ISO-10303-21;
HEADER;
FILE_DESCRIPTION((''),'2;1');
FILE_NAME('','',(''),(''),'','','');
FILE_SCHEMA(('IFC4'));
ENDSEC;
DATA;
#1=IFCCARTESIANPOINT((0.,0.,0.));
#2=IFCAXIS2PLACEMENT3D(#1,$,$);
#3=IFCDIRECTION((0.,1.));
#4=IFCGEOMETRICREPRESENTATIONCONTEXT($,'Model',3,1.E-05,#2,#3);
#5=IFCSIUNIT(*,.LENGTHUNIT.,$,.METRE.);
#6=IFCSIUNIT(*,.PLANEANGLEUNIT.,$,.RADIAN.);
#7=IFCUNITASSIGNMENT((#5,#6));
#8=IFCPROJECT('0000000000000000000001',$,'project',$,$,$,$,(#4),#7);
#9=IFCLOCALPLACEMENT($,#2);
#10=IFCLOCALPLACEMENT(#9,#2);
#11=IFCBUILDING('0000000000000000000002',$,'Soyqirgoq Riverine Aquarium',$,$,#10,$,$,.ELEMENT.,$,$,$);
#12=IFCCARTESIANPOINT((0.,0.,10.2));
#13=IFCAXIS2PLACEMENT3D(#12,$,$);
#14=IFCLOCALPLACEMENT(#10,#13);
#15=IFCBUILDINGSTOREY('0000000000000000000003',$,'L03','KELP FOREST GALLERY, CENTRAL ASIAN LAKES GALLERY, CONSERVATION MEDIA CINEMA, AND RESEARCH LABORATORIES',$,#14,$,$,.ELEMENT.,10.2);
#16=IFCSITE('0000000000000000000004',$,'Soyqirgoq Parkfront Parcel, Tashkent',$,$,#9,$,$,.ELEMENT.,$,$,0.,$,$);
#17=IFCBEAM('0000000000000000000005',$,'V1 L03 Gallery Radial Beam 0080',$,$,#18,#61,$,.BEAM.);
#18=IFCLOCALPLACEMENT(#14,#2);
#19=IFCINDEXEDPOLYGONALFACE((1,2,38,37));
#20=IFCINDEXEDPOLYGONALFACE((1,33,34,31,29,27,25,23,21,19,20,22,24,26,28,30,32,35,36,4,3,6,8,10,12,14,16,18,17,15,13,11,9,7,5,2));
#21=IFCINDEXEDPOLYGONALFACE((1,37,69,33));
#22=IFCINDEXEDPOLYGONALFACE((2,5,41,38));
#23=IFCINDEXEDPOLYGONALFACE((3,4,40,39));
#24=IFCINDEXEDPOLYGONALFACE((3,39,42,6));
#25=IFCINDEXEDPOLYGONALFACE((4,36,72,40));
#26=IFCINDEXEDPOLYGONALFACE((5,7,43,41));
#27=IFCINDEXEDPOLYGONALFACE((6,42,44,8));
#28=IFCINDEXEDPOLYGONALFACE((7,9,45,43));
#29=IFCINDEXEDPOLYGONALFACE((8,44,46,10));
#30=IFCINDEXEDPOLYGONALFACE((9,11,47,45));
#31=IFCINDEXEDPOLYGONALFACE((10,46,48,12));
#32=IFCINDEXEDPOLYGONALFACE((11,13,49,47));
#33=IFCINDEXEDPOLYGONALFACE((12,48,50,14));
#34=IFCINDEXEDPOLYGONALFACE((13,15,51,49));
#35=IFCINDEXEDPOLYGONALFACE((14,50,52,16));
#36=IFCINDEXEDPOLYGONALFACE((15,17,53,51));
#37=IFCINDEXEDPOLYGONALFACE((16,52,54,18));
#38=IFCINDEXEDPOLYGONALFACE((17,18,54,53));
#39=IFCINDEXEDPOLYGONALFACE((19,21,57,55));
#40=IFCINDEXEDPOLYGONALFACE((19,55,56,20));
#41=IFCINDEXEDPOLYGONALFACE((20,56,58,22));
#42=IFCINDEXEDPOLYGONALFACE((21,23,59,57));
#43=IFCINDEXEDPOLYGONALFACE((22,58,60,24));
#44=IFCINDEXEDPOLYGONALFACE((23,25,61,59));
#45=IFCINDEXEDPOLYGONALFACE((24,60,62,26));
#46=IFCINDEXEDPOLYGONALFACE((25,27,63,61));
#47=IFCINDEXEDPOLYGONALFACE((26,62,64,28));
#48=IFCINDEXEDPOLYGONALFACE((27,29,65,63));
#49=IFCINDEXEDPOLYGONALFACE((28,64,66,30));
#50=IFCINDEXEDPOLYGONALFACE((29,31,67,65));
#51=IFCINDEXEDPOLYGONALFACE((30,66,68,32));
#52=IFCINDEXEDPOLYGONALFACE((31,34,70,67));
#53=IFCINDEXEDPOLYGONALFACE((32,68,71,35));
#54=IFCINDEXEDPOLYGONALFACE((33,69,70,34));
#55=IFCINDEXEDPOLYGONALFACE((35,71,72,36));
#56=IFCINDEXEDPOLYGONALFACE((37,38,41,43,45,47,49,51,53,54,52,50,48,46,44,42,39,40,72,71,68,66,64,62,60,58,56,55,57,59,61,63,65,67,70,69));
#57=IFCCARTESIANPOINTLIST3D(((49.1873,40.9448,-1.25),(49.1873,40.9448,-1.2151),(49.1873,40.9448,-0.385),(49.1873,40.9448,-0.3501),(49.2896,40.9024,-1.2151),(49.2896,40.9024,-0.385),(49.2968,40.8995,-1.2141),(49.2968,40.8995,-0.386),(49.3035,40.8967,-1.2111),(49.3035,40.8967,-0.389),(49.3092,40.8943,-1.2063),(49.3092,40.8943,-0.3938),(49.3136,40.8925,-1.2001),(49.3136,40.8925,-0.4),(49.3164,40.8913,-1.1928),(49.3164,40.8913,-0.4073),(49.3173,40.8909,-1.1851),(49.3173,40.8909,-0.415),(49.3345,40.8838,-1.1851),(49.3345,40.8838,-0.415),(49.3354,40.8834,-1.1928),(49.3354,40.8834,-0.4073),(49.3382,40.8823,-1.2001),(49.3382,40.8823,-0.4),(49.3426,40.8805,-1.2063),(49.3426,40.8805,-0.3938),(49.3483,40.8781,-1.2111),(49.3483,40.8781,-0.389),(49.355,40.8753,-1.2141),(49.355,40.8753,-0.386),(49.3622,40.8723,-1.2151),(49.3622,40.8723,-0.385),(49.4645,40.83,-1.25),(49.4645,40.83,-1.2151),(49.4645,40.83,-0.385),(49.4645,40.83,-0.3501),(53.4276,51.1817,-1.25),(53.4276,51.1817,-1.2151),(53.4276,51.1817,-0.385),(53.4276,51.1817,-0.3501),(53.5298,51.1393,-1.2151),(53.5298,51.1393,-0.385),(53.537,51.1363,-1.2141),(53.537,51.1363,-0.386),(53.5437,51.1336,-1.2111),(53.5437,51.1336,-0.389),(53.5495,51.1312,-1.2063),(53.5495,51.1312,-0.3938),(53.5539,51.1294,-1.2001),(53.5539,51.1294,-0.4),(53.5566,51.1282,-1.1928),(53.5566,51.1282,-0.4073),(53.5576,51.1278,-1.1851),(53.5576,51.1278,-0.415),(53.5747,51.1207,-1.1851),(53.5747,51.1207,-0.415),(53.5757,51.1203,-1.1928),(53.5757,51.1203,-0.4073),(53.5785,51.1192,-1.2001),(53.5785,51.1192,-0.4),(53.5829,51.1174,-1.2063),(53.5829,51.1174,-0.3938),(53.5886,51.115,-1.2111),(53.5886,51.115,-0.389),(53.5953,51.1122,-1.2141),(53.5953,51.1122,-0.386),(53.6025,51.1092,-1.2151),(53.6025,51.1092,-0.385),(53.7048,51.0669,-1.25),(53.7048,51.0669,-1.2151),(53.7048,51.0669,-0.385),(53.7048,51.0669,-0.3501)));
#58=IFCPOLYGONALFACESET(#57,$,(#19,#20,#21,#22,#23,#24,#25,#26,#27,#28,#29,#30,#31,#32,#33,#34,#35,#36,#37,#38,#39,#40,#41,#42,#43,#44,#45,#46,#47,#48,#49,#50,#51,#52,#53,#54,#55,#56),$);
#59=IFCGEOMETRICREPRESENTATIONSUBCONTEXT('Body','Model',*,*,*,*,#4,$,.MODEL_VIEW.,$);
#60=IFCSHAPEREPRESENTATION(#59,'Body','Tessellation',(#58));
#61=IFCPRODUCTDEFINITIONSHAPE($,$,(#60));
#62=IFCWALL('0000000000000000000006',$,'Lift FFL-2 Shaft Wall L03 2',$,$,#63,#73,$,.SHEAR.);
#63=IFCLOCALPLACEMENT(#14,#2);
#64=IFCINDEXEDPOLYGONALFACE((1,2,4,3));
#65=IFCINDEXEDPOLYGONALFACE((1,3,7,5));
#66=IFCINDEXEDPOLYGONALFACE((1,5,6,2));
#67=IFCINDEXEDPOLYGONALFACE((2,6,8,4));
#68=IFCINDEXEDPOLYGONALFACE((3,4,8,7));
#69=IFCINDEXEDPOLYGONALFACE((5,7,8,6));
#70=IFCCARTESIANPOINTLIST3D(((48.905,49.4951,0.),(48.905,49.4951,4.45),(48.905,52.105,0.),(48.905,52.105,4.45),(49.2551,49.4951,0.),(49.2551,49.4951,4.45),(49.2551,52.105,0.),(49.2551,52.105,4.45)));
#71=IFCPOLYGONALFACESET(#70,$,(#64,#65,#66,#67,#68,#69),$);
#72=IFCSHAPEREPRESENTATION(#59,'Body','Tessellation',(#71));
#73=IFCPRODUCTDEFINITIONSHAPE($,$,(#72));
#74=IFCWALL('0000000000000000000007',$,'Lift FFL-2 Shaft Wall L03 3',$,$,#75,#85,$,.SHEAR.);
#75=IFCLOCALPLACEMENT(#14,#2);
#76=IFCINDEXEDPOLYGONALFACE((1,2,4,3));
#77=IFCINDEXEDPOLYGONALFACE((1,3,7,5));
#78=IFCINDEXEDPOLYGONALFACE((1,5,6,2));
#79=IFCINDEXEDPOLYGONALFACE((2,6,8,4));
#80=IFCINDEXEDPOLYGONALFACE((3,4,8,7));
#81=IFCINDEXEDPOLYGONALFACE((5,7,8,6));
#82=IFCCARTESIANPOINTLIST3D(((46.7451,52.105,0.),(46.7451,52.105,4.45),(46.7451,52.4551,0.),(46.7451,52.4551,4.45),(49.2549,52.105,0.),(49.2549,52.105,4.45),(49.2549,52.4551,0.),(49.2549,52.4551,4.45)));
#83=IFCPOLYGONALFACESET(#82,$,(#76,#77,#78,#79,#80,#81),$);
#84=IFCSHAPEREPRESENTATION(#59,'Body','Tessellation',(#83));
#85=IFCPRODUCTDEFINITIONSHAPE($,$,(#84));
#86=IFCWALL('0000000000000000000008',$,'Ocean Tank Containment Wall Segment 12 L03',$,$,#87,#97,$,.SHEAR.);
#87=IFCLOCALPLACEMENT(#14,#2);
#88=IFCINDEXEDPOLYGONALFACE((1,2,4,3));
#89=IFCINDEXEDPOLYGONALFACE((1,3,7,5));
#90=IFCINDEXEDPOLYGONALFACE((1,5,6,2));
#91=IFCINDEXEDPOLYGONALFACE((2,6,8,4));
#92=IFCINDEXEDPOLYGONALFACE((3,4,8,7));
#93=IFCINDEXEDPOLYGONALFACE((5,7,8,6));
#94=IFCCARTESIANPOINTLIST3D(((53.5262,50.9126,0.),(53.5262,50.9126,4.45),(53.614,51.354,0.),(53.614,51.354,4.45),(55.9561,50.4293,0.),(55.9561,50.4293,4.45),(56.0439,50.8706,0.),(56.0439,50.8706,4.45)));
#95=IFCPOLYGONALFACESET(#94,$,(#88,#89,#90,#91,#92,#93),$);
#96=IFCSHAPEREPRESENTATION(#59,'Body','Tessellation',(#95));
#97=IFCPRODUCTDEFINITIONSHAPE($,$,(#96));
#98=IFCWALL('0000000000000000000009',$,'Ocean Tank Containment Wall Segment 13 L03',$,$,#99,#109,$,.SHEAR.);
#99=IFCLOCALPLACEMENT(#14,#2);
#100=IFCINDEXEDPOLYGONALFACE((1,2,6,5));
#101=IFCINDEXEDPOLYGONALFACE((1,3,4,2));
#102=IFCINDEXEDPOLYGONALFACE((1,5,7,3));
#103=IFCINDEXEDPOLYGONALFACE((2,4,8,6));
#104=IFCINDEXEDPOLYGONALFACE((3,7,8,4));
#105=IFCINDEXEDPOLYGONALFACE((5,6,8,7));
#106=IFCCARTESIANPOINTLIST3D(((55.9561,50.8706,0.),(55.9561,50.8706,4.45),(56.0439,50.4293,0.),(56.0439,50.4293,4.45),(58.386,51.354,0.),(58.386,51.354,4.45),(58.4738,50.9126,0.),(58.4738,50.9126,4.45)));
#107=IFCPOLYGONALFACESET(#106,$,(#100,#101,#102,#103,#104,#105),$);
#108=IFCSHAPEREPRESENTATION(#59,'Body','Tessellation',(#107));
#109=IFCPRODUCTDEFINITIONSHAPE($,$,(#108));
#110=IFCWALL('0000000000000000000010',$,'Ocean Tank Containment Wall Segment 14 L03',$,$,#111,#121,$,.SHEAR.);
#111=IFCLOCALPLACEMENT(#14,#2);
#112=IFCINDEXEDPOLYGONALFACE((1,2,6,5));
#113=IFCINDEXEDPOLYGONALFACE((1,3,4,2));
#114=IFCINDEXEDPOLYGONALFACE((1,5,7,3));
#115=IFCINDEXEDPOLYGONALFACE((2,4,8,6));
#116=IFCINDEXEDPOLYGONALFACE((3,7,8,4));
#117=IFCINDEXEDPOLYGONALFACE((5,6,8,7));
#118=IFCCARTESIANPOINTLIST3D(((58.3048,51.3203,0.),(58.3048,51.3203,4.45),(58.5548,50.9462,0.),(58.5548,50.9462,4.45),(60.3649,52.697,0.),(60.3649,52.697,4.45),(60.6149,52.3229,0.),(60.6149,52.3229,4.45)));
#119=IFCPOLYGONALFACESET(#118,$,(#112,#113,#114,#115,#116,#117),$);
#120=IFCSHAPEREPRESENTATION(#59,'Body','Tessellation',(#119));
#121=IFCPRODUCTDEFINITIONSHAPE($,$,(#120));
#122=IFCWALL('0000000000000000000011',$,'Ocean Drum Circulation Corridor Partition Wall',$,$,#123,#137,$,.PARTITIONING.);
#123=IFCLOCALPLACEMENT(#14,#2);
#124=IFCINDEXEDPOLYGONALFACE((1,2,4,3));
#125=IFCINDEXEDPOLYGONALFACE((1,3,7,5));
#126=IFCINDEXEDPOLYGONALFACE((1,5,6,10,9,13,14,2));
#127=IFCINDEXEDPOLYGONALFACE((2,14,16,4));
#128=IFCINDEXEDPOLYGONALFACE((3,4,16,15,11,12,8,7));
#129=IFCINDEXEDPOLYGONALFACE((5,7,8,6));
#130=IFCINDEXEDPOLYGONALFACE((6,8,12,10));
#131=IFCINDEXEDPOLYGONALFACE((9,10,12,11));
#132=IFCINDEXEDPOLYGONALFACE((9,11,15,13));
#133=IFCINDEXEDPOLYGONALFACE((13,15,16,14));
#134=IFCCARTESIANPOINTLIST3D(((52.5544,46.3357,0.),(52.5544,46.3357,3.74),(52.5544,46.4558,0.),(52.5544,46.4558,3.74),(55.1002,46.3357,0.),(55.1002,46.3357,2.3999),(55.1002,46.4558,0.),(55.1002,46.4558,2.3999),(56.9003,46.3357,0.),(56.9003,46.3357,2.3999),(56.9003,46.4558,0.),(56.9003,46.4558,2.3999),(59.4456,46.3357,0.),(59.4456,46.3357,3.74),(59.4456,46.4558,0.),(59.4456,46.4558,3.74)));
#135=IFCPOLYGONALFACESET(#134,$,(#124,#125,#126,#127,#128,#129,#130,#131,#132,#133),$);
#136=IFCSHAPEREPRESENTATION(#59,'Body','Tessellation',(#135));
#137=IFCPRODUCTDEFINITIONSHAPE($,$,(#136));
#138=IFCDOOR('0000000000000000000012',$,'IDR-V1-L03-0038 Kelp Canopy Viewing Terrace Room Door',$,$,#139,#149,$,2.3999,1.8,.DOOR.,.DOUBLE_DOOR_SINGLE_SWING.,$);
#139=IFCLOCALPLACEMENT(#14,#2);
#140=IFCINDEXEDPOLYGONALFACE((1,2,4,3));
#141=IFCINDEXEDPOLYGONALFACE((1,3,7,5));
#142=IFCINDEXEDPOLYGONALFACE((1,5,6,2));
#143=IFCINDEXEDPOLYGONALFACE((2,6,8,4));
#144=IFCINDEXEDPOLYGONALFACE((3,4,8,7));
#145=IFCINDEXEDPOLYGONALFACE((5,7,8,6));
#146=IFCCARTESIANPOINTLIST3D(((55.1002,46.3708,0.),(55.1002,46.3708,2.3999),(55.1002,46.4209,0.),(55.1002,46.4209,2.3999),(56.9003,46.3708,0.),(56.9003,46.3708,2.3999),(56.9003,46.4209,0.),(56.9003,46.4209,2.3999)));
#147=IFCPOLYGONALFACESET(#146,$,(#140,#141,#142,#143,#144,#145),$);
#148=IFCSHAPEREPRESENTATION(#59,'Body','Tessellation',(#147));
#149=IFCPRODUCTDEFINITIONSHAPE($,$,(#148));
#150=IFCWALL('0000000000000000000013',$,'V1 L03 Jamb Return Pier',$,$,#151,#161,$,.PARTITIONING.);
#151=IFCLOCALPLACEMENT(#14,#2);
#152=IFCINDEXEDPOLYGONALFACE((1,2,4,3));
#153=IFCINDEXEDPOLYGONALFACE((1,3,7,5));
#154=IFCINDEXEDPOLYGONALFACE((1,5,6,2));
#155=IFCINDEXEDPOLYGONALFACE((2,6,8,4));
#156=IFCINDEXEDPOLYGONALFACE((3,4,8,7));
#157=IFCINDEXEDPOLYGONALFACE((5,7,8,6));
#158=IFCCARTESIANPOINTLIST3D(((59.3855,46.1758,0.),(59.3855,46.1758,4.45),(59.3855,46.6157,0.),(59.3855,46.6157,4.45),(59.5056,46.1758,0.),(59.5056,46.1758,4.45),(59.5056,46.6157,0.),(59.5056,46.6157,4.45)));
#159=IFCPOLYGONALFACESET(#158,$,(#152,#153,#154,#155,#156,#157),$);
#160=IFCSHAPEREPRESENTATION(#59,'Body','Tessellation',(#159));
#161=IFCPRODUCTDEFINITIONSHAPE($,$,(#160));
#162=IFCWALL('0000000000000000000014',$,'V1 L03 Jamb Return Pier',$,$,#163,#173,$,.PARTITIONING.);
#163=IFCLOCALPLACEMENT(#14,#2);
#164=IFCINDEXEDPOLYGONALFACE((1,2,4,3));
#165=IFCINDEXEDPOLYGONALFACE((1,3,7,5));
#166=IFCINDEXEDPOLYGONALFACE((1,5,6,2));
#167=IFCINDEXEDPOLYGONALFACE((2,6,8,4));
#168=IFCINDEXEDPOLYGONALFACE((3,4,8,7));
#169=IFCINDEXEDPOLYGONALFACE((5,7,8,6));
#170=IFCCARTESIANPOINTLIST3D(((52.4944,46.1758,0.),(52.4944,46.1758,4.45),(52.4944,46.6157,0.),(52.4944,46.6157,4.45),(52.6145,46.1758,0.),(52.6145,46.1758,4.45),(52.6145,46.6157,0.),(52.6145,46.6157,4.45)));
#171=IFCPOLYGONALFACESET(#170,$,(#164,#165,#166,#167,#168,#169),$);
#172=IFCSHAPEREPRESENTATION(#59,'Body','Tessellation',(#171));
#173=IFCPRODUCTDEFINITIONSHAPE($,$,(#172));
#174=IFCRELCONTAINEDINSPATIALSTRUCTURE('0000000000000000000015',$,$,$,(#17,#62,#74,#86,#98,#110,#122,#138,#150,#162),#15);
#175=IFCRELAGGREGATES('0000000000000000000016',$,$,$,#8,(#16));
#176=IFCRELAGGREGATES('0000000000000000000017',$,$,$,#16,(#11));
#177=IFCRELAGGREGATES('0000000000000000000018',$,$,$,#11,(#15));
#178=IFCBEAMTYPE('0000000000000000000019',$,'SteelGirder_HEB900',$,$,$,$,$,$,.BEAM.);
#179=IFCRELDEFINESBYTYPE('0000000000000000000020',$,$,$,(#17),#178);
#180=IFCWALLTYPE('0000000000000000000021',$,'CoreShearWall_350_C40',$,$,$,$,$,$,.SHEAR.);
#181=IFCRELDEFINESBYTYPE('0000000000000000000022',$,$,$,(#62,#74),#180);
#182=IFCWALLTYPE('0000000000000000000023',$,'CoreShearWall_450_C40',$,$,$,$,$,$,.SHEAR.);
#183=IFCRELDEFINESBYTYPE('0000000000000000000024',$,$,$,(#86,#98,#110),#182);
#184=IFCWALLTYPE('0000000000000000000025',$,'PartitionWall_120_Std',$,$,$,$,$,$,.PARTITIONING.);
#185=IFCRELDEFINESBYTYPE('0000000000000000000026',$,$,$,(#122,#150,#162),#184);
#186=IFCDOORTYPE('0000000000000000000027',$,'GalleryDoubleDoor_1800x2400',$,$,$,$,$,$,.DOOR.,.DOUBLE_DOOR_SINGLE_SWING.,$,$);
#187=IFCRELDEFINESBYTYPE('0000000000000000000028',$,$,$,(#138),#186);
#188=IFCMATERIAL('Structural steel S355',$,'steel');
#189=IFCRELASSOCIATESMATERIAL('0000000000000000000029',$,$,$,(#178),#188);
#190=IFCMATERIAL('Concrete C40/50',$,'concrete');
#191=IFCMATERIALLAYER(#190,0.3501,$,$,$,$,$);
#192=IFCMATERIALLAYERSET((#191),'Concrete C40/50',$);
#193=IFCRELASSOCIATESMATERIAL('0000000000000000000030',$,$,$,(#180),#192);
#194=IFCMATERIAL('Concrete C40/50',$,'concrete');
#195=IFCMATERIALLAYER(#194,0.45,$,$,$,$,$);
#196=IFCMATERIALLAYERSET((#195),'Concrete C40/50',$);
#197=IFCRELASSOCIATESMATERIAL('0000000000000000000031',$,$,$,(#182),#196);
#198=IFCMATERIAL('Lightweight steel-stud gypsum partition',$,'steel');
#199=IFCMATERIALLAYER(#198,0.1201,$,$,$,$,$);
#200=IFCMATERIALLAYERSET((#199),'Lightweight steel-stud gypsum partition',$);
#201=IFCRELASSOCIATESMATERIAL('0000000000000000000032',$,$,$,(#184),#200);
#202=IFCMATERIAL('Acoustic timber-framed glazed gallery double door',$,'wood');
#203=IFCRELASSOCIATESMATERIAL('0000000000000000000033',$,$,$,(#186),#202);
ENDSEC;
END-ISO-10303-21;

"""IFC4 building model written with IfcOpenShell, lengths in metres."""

from ifc_helpers import new_model, si_unit, direction, frame, frame_2d, origin, origin_2d, place, context, subcontext, project, spatial, rectangle, i_section, extrude, material, layer, layer_set, material_profile, profile_set, type_object, element, fill, save


model = new_model("IFC4")

# Units and contexts
model_context = context("Model", 3, precision=1e-05, world=origin(), true_north=direction((0.0, 1.0)))
body_context = subcontext(model_context, "Body", "Model", "MODEL_VIEW")
ifc_project = project(units=[si_unit("LENGTHUNIT", "METRE"), si_unit("PLANEANGLEUNIT", "RADIAN")], contexts=[model_context])

# Site, building, storey
site_placement = place(None, origin())
site = spatial("IfcSite", under=ifc_project, at=site_placement, Name="Soyqirgoq Parkfront Parcel, Tashkent", CompositionType="ELEMENT", RefElevation=0.0)
building_placement = place(site_placement, origin())
building = spatial("IfcBuilding", under=site, at=building_placement, Name="Soyqirgoq Riverine Aquarium", CompositionType="ELEMENT")
storey_placement = place(building_placement, frame((0.0, 0.0, 10.2)))
storey = spatial("IfcBuildingStorey", under=building, at=storey_placement, Name="L03", Description="KELP FOREST GALLERY, CENTRAL ASIAN LAKES GALLERY, CONSERVATION MEDIA CINEMA, AND RESEARCH LABORATORIES", CompositionType="ELEMENT", Elevation=10.2)

# Beam
ifc_material_1 = material(Name="Structural steel S355", Category="steel")
ifc_material_profile_1 = material_profile(ifc_material_1, i_section(OverallWidth=0.3, OverallDepth=0.8999, WebThickness=0.0186, FlangeThickness=0.0349, FilletRadius=0.03, at=origin_2d()), Name="HEB 900")
ifc_profile_set_1 = profile_set([ifc_material_profile_1], Name="Structural steel S355")
beam_type_1 = type_object("IfcBeamType", Name="SteelGirder_HEB900", PredefinedType="BEAM", material=ifc_profile_set_1)
beam_1_placement = place(storey_placement, frame((53.5662, 51.1243, -0.8), z_axis=(-0.382684, -0.923879, 0.0), x_axis=(0.923879, -0.382684, 0.0)))
element("IfcBeam", 1, at=beam_1_placement, inside=storey, type_object=beam_type_1, Name="V1 L03 Gallery Radial Beam 0080", PredefinedType="BEAM", context=body_context, shape_type="SweptSolid", body=[
    extrude(i_section(OverallWidth=0.3, OverallDepth=0.8999, WebThickness=0.0186, FlangeThickness=0.0349, FilletRadius=0.03, at=origin_2d()), origin(), (0.0, 0.0, 1.0), 11.0803),
])

# Walls
ifc_material_2 = material(Name="Concrete C40/50", Category="concrete")
ifc_layer_1 = layer(ifc_material_2, 0.3501)
ifc_layer_set_1 = layer_set([ifc_layer_1], Name="Concrete C40/50")
wall_type_1 = type_object("IfcWallType", Name="CoreShearWall_350_C40", PredefinedType="SHEAR", material=ifc_layer_set_1)
wall_1_placement = place(storey_placement, frame((49.0801, 49.4951, 0.0), z_axis=(0.0, 0.0, 1.0), x_axis=(0.0, 1.0, 0.0)))
element("IfcWall", 2, at=wall_1_placement, inside=storey, type_object=wall_type_1, Name="Lift FFL-2 Shaft Wall L03 2", PredefinedType="SHEAR", context=body_context, shape_type="SweptSolid", body=[
    extrude(rectangle(XDim=2.6099, YDim=0.3501, at=frame_2d((1.3049, 0.0))), origin(), (0.0, 0.0, 1.0), 4.45),
])
wall_2_placement = place(storey_placement, frame((49.2549, 52.28, 0.0), z_axis=(0.0, 0.0, 1.0), x_axis=(-1.0, 0.0, 0.0)))
element("IfcWall", 3, at=wall_2_placement, inside=storey, type_object=wall_type_1, Name="Lift FFL-2 Shaft Wall L03 3", PredefinedType="SHEAR", context=body_context, shape_type="SweptSolid", body=[
    extrude(rectangle(XDim=2.5098, YDim=0.3501, at=frame_2d((1.2549, 0.0))), origin(), (0.0, 0.0, 1.0), 4.45),
])
ifc_material_3 = material(Name="Concrete C40/50", Category="concrete")
ifc_layer_2 = layer(ifc_material_3, 0.45)
ifc_layer_set_2 = layer_set([ifc_layer_2], Name="Concrete C40/50")
wall_type_2 = type_object("IfcWallType", Name="CoreShearWall_450_C40", PredefinedType="SHEAR", material=ifc_layer_set_2)
for number, where, z_axis, x_axis, name in (
    (4, (53.5701, 51.1333, 0.0), (0.0, 0.0, 1.0), (0.980781, -0.195112, 0.0), "Ocean Tank Containment Wall Segment 12 L03"),
    (5, (56.0, 50.6499, 0.0), (0.0, 0.0, 1.0), (0.980781, 0.195112, 0.0), "Ocean Tank Containment Wall Segment 13 L03"),
):
    element("IfcWall", number, at=place(storey_placement, frame(where, z_axis=z_axis, x_axis=x_axis)), inside=storey, type_object=wall_type_2, Name=name, PredefinedType="SHEAR", context=body_context, shape_type="SweptSolid", body=[
        extrude(rectangle(XDim=2.4775, YDim=0.45, at=frame_2d((1.2388, 0.0))), origin(), (0.0, 0.0, 1.0), 4.45),
    ])
wall_3_placement = place(storey_placement, frame((58.4299, 51.1333, 0.0), z_axis=(0.0, 0.0, 1.0), x_axis=(0.831428, 0.555632, 0.0)))
element("IfcWall", 6, at=wall_3_placement, inside=storey, type_object=wall_type_2, Name="Ocean Tank Containment Wall Segment 14 L03", PredefinedType="SHEAR", context=body_context, shape_type="SweptSolid", body=[
    extrude(rectangle(XDim=2.4778, YDim=0.45, at=frame_2d((1.2388, 0.0))), origin(), (0.0, 0.0, 1.0), 4.45),
])

# Wall, opening, door
ifc_material_4 = material(Name="Lightweight steel-stud gypsum partition", Category="steel")
ifc_layer_3 = layer(ifc_material_4, 0.1201)
ifc_layer_set_3 = layer_set([ifc_layer_3], Name="Lightweight steel-stud gypsum partition")
wall_type_3 = type_object("IfcWallType", Name="PartitionWall_120_Std", PredefinedType="PARTITIONING", material=ifc_layer_set_3)
wall_4_placement = place(storey_placement, frame((59.4456, 46.3958, 0.0), z_axis=(0.0, 0.0, 1.0), x_axis=(-1.0, 0.0, 0.0)))
wall_4 = element("IfcWall", 7, at=wall_4_placement, inside=storey, type_object=wall_type_3, Name="Ocean Drum Circulation Corridor Partition Wall", PredefinedType="PARTITIONING", context=body_context, shape_type="SweptSolid", body=[
    extrude(rectangle(XDim=6.8911, YDim=0.1201, at=frame_2d((3.4456, 0.0))), origin(), (0.0, 0.0, 1.0), 3.74),
])
opening_1_placement = place(wall_4_placement, frame((2.5454, 0.0, 0.0)))
opening_1 = element("IfcOpeningElement", 8, at=opening_1_placement, cuts=wall_4, PredefinedType="OPENING", context=body_context, shape_type="SweptSolid", body=[
    extrude(rectangle(XDim=1.8, YDim=2.3999, at=frame_2d((0.8999, 1.2))), frame((0.0, 0.0701, 0.0), z_axis=(0.0, -1.0, 0.0), x_axis=(1.0, 0.0, 0.0)), (0.0, 0.0, 1.0), 0.1401),
])
ifc_material_5 = material(Name="Acoustic timber-framed glazed gallery double door", Category="wood")
door_type_1 = type_object("IfcDoorType", Name="GalleryDoubleDoor_1800x2400", OperationType="DOUBLE_DOOR_SINGLE_SWING", PredefinedType="DOOR", material=ifc_material_5)
door_1_placement = place(opening_1_placement, origin())
door_1 = element("IfcDoor", 9, at=door_1_placement, inside=storey, type_object=door_type_1, Name="IDR-V1-L03-0038 Kelp Canopy Viewing Terrace Room Door", OperationType="DOUBLE_DOOR_SINGLE_SWING", OverallHeight=2.3999, OverallWidth=1.8, PredefinedType="DOOR", context=body_context, shape_type="SweptSolid", body=[
    extrude(rectangle(XDim=1.8, YDim=2.3999, at=frame_2d((0.8999, 1.2))), frame((0.0, 0.0249, 0.0), z_axis=(0.0, -1.0, 0.0), x_axis=(1.0, 0.0, 0.0)), (0.0, 0.0, 1.0), 0.05),
])
fill(opening_1, door_1)

# Walls
for number, where, z_axis, x_axis, name in (
    (10, (59.4456, 46.6157, 0.0), (0.0, 0.0, 1.0), (0.0, -1.0, 0.0), "V1 L03 Jamb Return Pier"),
    (11, (52.5544, 46.6157, 0.0), (0.0, 0.0, 1.0), (0.0, -1.0, 0.0), "V1 L03 Jamb Return Pier"),
):
    element("IfcWall", number, at=place(storey_placement, frame(where, z_axis=z_axis, x_axis=x_axis)), inside=storey, type_object=wall_type_3, Name=name, PredefinedType="PARTITIONING", context=body_context, shape_type="SweptSolid", body=[
        extrude(rectangle(XDim=0.4399, YDim=0.1201, at=frame_2d((0.22, 0.0))), origin(), (0.0, 0.0, 1.0), 4.45),
    ])

save(model, "model.ifc")
